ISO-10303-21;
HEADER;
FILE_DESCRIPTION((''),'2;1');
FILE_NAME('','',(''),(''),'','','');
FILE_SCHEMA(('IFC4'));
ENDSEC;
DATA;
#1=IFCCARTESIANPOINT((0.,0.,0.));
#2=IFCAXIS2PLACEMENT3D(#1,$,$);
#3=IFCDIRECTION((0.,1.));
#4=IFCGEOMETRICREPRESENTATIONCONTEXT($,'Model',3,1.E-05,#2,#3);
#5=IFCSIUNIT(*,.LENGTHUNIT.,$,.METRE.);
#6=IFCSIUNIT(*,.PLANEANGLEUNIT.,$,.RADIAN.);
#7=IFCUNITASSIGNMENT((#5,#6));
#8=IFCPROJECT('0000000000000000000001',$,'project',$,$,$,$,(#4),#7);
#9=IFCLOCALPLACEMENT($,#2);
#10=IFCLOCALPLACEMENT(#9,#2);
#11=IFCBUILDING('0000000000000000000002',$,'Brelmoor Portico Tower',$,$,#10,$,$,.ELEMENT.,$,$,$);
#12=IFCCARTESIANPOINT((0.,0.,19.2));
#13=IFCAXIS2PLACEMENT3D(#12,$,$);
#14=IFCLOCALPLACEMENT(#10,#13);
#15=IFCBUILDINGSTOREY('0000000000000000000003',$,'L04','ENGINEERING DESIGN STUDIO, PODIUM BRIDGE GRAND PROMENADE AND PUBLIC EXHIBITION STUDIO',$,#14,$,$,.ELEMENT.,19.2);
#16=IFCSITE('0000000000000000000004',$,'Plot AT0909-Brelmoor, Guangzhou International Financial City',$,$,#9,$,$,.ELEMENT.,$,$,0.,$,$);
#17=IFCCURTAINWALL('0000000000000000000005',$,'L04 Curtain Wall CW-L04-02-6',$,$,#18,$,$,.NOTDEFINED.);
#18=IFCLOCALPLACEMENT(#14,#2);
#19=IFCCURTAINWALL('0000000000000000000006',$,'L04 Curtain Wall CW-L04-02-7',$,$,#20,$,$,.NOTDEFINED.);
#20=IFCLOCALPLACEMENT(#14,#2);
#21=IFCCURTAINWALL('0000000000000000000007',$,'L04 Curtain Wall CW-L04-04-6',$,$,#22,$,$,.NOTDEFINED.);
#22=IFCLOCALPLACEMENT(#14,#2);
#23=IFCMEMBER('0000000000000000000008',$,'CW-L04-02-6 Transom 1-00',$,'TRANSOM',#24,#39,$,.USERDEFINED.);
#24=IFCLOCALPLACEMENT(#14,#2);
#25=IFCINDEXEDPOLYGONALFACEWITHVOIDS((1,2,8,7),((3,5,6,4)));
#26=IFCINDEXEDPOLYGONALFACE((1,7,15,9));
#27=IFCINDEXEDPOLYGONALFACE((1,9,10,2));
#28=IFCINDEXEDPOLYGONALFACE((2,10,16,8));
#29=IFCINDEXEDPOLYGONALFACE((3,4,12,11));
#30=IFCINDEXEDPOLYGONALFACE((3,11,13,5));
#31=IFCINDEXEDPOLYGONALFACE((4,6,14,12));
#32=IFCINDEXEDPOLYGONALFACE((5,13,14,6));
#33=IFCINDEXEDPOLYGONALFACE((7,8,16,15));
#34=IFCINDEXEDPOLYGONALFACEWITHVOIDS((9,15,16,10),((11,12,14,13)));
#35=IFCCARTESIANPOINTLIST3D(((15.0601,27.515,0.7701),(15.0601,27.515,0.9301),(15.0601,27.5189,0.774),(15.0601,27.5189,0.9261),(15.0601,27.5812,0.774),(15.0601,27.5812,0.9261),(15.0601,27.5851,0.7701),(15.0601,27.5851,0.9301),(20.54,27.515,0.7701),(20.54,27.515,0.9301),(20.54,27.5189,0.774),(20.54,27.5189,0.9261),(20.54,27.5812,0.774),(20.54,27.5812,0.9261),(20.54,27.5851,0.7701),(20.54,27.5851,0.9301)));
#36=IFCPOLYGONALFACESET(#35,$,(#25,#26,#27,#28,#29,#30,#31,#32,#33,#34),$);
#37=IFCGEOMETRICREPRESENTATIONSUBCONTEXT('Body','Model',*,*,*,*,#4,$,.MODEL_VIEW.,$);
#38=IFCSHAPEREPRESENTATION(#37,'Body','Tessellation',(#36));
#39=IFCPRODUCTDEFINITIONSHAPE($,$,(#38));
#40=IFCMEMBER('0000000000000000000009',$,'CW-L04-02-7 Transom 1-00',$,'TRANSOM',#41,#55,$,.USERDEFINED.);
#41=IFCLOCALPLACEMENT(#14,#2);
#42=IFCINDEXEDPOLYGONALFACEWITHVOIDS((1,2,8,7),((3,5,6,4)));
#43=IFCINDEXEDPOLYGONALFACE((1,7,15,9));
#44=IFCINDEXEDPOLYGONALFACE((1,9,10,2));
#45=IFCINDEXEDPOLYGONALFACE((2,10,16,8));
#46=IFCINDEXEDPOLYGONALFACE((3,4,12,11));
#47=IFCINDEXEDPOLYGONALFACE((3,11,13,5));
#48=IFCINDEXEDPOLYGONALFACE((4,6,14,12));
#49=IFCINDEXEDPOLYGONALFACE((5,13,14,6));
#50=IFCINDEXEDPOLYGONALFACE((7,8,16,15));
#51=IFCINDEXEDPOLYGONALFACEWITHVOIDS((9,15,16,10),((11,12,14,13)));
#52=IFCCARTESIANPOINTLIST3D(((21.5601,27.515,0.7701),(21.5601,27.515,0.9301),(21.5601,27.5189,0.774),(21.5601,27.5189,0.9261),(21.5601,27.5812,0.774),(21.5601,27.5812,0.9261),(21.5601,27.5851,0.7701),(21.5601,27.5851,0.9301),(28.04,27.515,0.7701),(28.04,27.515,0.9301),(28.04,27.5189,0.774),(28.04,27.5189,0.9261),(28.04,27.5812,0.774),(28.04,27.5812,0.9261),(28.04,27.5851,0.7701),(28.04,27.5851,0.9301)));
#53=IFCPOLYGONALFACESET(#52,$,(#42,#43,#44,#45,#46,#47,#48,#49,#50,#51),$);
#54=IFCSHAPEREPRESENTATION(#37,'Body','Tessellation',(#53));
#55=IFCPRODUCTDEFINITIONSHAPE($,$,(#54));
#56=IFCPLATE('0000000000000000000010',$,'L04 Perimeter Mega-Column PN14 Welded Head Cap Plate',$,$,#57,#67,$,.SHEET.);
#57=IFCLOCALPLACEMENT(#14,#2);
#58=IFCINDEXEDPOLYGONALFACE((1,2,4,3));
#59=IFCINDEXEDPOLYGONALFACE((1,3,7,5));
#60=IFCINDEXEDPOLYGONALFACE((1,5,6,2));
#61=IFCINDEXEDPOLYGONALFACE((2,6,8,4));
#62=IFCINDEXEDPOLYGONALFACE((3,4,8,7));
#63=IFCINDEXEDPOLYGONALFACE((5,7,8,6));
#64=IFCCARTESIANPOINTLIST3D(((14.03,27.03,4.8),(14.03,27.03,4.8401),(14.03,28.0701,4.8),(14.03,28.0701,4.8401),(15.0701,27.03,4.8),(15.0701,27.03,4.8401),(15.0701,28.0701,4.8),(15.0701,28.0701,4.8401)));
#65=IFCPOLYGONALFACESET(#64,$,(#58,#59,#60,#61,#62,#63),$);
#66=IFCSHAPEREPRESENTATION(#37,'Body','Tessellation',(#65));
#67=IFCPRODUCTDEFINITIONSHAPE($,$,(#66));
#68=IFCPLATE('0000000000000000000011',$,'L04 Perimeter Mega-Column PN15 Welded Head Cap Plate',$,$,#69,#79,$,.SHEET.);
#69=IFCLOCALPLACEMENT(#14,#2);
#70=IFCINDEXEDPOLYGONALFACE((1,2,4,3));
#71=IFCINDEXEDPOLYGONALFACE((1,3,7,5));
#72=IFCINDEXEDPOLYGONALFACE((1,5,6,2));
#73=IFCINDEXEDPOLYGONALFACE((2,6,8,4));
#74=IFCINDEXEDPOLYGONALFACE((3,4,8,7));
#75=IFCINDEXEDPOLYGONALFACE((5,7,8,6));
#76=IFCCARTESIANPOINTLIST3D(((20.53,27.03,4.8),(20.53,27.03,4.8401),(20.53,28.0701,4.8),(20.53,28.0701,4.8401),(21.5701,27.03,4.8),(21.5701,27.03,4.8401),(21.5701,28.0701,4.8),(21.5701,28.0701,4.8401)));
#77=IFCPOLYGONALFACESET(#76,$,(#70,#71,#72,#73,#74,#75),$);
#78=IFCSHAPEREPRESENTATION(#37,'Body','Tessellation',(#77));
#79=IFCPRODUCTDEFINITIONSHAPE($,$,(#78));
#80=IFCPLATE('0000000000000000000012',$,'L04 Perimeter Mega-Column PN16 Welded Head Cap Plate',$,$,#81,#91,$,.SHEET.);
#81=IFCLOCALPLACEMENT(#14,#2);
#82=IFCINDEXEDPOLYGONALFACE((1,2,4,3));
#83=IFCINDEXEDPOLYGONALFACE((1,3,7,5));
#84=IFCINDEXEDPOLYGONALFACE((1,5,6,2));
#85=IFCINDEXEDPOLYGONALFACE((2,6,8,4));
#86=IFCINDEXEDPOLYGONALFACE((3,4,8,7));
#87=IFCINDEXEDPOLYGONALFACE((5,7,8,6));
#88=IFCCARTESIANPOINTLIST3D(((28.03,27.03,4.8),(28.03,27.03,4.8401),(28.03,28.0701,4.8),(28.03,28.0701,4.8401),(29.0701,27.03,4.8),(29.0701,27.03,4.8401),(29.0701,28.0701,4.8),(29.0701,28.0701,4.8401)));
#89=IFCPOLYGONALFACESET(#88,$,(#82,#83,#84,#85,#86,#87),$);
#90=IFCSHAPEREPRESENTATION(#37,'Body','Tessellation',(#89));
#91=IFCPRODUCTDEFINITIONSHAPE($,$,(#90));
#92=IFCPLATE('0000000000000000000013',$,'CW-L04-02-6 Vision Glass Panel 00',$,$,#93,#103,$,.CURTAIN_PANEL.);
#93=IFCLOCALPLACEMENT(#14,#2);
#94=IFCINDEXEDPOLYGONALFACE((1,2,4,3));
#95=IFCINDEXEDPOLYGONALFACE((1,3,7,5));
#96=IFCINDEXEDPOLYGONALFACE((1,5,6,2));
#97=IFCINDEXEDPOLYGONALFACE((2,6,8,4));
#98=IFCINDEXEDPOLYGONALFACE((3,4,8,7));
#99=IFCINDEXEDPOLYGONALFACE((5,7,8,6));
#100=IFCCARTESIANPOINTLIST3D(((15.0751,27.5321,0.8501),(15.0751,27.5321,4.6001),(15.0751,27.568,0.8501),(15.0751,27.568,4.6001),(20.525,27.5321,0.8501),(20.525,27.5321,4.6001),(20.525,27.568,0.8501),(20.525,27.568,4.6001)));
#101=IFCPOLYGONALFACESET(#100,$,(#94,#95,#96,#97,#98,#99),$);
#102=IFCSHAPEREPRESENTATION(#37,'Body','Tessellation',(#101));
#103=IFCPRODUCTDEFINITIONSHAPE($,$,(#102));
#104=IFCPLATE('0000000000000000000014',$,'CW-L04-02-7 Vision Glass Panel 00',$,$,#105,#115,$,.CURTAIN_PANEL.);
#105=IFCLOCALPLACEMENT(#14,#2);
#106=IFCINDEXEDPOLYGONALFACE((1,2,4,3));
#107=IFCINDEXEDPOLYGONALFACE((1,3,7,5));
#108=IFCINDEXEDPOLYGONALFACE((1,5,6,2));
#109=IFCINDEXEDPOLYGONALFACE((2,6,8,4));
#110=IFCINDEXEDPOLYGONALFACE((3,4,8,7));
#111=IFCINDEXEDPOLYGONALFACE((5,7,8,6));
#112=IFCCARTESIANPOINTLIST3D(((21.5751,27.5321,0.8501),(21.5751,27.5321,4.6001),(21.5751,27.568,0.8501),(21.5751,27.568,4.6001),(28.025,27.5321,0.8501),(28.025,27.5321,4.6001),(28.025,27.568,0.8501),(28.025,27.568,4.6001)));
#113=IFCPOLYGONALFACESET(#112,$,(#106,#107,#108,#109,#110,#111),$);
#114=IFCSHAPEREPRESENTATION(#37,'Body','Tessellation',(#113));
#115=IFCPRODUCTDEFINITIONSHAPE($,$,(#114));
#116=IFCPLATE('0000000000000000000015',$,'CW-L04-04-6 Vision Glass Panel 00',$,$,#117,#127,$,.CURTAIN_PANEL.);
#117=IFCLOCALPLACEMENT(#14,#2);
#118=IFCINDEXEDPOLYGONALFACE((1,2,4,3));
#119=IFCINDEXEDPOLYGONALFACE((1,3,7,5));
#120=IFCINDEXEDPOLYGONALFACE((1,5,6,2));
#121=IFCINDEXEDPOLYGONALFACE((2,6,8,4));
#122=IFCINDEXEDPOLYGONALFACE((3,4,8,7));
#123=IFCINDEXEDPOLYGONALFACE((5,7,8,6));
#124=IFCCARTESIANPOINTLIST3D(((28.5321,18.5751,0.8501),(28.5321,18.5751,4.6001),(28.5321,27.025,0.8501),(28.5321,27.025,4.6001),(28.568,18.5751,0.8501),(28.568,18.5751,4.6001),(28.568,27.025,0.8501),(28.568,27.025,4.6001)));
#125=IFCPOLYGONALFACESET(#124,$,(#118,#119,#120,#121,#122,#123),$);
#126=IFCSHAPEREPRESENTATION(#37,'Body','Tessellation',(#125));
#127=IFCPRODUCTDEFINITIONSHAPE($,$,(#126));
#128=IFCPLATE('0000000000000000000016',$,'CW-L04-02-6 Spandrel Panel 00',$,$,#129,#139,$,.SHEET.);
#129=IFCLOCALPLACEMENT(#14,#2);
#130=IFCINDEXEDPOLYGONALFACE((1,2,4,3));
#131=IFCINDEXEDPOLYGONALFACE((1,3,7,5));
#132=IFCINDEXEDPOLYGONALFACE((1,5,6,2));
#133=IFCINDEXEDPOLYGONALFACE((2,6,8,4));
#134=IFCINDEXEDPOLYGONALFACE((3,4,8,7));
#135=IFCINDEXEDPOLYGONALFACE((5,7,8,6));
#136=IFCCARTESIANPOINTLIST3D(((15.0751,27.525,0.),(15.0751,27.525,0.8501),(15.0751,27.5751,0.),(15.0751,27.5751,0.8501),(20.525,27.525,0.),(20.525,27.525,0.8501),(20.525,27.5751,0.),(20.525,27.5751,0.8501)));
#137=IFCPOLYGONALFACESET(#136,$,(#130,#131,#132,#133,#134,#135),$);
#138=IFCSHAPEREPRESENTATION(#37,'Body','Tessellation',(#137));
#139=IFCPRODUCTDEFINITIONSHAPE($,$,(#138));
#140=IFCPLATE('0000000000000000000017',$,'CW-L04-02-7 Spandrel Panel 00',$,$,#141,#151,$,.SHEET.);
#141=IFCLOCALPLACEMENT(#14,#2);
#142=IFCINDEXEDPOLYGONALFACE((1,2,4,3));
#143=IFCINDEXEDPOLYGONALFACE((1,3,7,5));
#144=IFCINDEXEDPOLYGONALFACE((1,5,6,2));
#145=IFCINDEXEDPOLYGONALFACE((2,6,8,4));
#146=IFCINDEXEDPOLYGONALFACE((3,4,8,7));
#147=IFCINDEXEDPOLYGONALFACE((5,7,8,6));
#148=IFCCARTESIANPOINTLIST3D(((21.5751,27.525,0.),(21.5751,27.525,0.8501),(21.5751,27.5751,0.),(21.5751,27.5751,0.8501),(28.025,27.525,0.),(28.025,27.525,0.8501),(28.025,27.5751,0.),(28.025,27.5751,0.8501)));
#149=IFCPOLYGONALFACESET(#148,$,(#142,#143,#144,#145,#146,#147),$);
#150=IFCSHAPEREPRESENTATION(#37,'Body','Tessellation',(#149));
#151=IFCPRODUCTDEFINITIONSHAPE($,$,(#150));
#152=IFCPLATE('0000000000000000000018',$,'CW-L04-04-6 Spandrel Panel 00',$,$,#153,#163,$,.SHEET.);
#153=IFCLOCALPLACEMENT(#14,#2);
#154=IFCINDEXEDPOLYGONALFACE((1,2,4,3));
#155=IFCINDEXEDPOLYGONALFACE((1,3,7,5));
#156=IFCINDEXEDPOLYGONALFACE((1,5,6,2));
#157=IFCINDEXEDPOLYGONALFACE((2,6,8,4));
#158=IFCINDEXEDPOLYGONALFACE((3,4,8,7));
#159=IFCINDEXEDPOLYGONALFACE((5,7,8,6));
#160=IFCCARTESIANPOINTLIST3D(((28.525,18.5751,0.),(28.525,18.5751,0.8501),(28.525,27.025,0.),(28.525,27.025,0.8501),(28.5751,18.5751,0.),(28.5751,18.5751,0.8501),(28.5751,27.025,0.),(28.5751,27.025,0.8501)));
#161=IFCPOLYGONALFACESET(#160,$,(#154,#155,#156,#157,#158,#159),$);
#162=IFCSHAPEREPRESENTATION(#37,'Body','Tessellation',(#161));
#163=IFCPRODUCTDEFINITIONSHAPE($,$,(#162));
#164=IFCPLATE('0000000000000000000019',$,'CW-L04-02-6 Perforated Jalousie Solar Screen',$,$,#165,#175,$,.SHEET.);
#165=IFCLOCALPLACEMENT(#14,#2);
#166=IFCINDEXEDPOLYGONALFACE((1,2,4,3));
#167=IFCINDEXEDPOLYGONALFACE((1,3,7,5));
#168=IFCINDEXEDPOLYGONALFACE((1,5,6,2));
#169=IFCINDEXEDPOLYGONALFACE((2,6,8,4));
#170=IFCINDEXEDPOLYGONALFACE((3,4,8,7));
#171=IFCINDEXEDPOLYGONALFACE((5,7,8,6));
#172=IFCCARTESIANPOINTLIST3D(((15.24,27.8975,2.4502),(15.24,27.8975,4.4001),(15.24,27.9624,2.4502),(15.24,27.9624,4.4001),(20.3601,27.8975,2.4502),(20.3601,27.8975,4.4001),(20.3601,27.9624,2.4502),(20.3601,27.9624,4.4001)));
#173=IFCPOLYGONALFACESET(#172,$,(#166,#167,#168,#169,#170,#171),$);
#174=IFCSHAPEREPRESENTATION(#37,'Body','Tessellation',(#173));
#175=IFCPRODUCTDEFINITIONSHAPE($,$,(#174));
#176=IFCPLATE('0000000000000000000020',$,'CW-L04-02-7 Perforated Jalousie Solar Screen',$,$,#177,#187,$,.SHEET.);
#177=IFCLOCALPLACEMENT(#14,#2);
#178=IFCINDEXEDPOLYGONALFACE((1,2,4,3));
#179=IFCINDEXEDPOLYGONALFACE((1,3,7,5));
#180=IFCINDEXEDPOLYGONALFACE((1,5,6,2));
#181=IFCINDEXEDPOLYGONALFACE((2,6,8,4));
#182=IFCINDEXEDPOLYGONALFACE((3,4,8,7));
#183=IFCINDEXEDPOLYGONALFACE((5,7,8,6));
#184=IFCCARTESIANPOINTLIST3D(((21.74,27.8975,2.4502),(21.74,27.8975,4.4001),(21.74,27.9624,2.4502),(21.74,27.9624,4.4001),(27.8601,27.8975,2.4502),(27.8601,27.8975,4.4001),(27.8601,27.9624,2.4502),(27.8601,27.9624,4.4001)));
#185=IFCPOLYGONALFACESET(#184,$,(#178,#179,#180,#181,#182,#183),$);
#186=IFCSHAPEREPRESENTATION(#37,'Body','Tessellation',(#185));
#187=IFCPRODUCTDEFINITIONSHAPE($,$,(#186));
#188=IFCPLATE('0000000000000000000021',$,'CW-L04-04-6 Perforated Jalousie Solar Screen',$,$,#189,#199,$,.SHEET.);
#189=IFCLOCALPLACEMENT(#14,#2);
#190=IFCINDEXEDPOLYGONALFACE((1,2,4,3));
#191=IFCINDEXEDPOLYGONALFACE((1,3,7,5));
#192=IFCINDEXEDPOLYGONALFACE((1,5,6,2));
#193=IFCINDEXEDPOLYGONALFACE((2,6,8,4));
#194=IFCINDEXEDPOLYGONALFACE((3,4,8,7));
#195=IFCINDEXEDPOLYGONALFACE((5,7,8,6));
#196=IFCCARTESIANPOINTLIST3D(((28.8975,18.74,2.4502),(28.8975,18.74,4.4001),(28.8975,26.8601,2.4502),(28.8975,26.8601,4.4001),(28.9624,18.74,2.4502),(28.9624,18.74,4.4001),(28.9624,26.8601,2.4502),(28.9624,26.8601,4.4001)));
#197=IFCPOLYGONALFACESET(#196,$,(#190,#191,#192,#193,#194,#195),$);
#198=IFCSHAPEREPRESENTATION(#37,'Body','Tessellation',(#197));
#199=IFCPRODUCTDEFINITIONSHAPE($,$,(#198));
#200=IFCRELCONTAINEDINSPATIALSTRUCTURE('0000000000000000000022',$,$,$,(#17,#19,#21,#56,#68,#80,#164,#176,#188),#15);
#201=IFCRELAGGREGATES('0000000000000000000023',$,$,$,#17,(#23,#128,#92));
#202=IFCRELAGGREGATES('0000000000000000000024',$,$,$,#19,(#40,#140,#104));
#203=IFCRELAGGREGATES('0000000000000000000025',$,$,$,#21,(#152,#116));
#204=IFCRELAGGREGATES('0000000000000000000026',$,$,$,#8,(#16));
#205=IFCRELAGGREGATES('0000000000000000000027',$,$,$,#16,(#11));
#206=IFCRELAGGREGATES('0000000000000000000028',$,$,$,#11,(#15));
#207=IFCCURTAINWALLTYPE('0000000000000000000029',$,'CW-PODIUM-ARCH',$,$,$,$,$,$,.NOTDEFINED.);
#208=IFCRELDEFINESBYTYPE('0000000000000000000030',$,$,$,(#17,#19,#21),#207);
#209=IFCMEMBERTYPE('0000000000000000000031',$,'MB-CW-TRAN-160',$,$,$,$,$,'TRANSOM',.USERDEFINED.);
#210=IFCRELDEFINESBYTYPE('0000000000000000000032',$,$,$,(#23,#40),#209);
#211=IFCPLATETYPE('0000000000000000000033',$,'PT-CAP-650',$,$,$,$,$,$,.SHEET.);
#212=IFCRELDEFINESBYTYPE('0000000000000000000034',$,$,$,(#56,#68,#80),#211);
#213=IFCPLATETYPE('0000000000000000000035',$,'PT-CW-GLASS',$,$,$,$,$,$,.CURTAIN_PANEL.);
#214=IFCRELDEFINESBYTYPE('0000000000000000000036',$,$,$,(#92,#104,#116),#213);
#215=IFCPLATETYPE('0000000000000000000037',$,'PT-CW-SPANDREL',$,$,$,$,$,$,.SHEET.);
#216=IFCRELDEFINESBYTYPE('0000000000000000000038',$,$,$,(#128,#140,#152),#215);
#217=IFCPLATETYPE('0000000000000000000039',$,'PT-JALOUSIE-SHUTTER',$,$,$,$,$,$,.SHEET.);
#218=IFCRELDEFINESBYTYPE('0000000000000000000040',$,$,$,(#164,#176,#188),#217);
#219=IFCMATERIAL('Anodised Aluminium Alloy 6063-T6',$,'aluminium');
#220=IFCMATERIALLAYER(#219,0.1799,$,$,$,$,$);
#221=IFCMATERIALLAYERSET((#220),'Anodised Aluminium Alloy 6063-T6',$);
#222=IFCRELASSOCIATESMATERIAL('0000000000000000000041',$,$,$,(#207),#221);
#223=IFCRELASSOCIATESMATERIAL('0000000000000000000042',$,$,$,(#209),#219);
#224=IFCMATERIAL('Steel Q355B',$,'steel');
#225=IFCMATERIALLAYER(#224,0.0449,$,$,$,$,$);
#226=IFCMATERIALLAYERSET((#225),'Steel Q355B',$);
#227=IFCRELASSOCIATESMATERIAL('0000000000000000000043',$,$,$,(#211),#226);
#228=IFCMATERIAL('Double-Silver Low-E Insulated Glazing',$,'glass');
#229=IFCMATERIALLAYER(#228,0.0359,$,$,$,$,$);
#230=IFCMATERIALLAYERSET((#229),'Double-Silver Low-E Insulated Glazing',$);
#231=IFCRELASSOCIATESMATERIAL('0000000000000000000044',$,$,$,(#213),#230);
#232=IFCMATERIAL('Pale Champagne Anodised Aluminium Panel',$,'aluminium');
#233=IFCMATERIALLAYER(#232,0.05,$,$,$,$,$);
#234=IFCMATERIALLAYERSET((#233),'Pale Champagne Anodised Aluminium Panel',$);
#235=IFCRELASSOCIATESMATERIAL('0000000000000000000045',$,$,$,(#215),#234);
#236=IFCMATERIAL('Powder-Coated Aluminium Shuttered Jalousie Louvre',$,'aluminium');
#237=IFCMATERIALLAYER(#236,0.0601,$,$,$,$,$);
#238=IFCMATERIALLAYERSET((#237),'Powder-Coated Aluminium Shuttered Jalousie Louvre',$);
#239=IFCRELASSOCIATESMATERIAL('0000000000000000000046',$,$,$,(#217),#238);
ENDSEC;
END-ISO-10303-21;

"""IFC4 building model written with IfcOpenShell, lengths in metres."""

from ifc_helpers import new_model, si_unit, direction, frame, origin, origin_2d, place, context, subcontext, project, spatial, rectangle, hollow_rectangle, extrude, material, layer, layer_set, material_profile, profile_set, type_object, element, aggregate, save


model = new_model("IFC4")

# Units and contexts
model_context = context("Model", 3, precision=1e-05, world=origin(), true_north=direction((0.0, 1.0)))
body_context = subcontext(model_context, "Body", "Model", "MODEL_VIEW")
ifc_project = project(units=[si_unit("LENGTHUNIT", "METRE"), si_unit("PLANEANGLEUNIT", "RADIAN")], contexts=[model_context])

# Site, building, storey
site_placement = place(None, origin())
site = spatial("IfcSite", under=ifc_project, at=site_placement, Name="Plot AT0909-Brelmoor, Guangzhou International Financial City", CompositionType="ELEMENT", RefElevation=0.0)
building_placement = place(site_placement, origin())
building = spatial("IfcBuilding", under=site, at=building_placement, Name="Brelmoor Portico Tower", CompositionType="ELEMENT")
storey_placement = place(building_placement, frame((0.0, 0.0, 19.2)))
storey = spatial("IfcBuildingStorey", under=building, at=storey_placement, Name="L04", Description="ENGINEERING DESIGN STUDIO, PODIUM BRIDGE GRAND PROMENADE AND PUBLIC EXHIBITION STUDIO", CompositionType="ELEMENT", Elevation=19.2)

# Shared definitions
ifc_material_1 = material(Name="Steel Q355B", Category="steel")

# Curtain walls
ifc_material_2 = material(Name="Anodised Aluminium Alloy 6063-T6", Category="aluminium")
ifc_layer_1 = layer(ifc_material_2, 0.1799)
ifc_layer_set_1 = layer_set([ifc_layer_1], Name="Anodised Aluminium Alloy 6063-T6")
curtain_wall_type = type_object("IfcCurtainWallType", Name="CW-PODIUM-ARCH", PredefinedType="NOTDEFINED", material=ifc_layer_set_1)
curtain_wall_1_placement = place(storey_placement, origin())
curtain_wall_1 = element("IfcCurtainWall", 1, at=curtain_wall_1_placement, inside=storey, type_object=curtain_wall_type, Name="L04 Curtain Wall CW-L04-02-6", PredefinedType="NOTDEFINED")
curtain_wall_2_placement = place(storey_placement, origin())
curtain_wall_2 = element("IfcCurtainWall", 2, at=curtain_wall_2_placement, inside=storey, type_object=curtain_wall_type, Name="L04 Curtain Wall CW-L04-02-7", PredefinedType="NOTDEFINED")

# Curtain wall
curtain_wall_3_placement = place(storey_placement, origin())
curtain_wall_3 = element("IfcCurtainWall", 3, at=curtain_wall_3_placement, inside=storey, type_object=curtain_wall_type, Name="L04 Curtain Wall CW-L04-04-6", PredefinedType="NOTDEFINED")

# Members
ifc_material_profile_1 = material_profile(ifc_material_2, hollow_rectangle(XDim=0.0701, YDim=0.1599, WallThickness=0.0039, at=origin_2d()), Name="ALU TRANSOM 70x160")
ifc_profile_set_1 = profile_set([ifc_material_profile_1], Name="Anodised Aluminium Alloy 6063-T6")
member_type_1 = type_object("IfcMemberType", Name="MB-CW-TRAN-160", ElementType="TRANSOM", PredefinedType="USERDEFINED", material=ifc_profile_set_1)
member_1_placement = place(storey_placement, frame((15.0601, 27.55, 0.8501), z_axis=(1.0, 0.0, 0.0), x_axis=(0.0, 1.0, 0.0)))
member_1 = element("IfcMember", 4, at=member_1_placement, type_object=member_type_1, Name="CW-L04-02-6 Transom 1-00", ObjectType="TRANSOM", PredefinedType="USERDEFINED", context=body_context, shape_type="SweptSolid", body=[
    extrude(hollow_rectangle(XDim=0.0701, YDim=0.1599, WallThickness=0.0039, at=origin_2d()), origin(), (0.0, 0.0, 1.0), 5.48),
])
member_2_placement = place(storey_placement, frame((21.5601, 27.55, 0.8501), z_axis=(1.0, 0.0, 0.0), x_axis=(0.0, 1.0, 0.0)))
member_2 = element("IfcMember", 5, at=member_2_placement, type_object=member_type_1, Name="CW-L04-02-7 Transom 1-00", ObjectType="TRANSOM", PredefinedType="USERDEFINED", context=body_context, shape_type="SweptSolid", body=[
    extrude(hollow_rectangle(XDim=0.0701, YDim=0.1599, WallThickness=0.0039, at=origin_2d()), origin(), (0.0, 0.0, 1.0), 6.48),
])

# Plates
ifc_layer_2 = layer(ifc_material_1, 0.0449)
ifc_layer_set_2 = layer_set([ifc_layer_2], Name="Steel Q355B")
plate_type_1 = type_object("IfcPlateType", Name="PT-CAP-650", PredefinedType="SHEET", material=ifc_layer_set_2)
for number, where, z_axis, x_axis, name in (
    (6, (14.55, 27.55, 4.8), (0.0, 0.0, 1.0), (1.0, 0.0, 0.0), "L04 Perimeter Mega-Column PN14 Welded Head Cap Plate"),
    (7, (21.05, 27.55, 4.8), (0.0, 0.0, 1.0), (1.0, 0.0, 0.0), "L04 Perimeter Mega-Column PN15 Welded Head Cap Plate"),
    (8, (28.55, 27.55, 4.8), (0.0, 0.0, 1.0), (1.0, 0.0, 0.0), "L04 Perimeter Mega-Column PN16 Welded Head Cap Plate"),
):
    element("IfcPlate", number, at=place(storey_placement, frame(where, z_axis=z_axis, x_axis=x_axis)), inside=storey, type_object=plate_type_1, Name=name, PredefinedType="SHEET", context=body_context, shape_type="SweptSolid", body=[
        extrude(rectangle(XDim=1.04, YDim=1.04, at=origin_2d()), origin(), (0.0, 0.0, 1.0), 0.04),
    ])

# Plates
ifc_material_3 = material(Name="Double-Silver Low-E Insulated Glazing", Category="glass")
ifc_layer_3 = layer(ifc_material_3, 0.0359)
ifc_layer_set_3 = layer_set([ifc_layer_3], Name="Double-Silver Low-E Insulated Glazing")
plate_type_2 = type_object("IfcPlateType", Name="PT-CW-GLASS", PredefinedType="CURTAIN_PANEL", material=ifc_layer_set_3)
plate_1_placement = place(storey_placement, frame((17.8, 27.55, 0.8501), z_axis=(0.0, 0.0, 1.0), x_axis=(1.0, 0.0, 0.0)))
plate_1 = element("IfcPlate", 9, at=plate_1_placement, type_object=plate_type_2, Name="CW-L04-02-6 Vision Glass Panel 00", PredefinedType="CURTAIN_PANEL", context=body_context, shape_type="SweptSolid", body=[
    extrude(rectangle(XDim=5.45, YDim=0.0359, at=origin_2d()), origin(), (0.0, 0.0, 1.0), 3.75),
])
plate_2_placement = place(storey_placement, frame((24.8, 27.55, 0.8501), z_axis=(0.0, 0.0, 1.0), x_axis=(1.0, 0.0, 0.0)))
plate_2 = element("IfcPlate", 10, at=plate_2_placement, type_object=plate_type_2, Name="CW-L04-02-7 Vision Glass Panel 00", PredefinedType="CURTAIN_PANEL", context=body_context, shape_type="SweptSolid", body=[
    extrude(rectangle(XDim=6.45, YDim=0.0359, at=origin_2d()), origin(), (0.0, 0.0, 1.0), 3.75),
])
plate_3_placement = place(storey_placement, frame((28.55, 22.8, 0.8501), z_axis=(0.0, 0.0, 1.0), x_axis=(0.0, 1.0, 0.0)))
plate_3 = element("IfcPlate", 11, at=plate_3_placement, type_object=plate_type_2, Name="CW-L04-04-6 Vision Glass Panel 00", PredefinedType="CURTAIN_PANEL", context=body_context, shape_type="SweptSolid", body=[
    extrude(rectangle(XDim=8.45, YDim=0.0359, at=origin_2d()), origin(), (0.0, 0.0, 1.0), 3.75),
])
ifc_material_4 = material(Name="Pale Champagne Anodised Aluminium Panel", Category="aluminium")
ifc_layer_4 = layer(ifc_material_4, 0.05)
ifc_layer_set_4 = layer_set([ifc_layer_4], Name="Pale Champagne Anodised Aluminium Panel")
plate_type_3 = type_object("IfcPlateType", Name="PT-CW-SPANDREL", PredefinedType="SHEET", material=ifc_layer_set_4)
plate_4_placement = place(storey_placement, frame((17.8, 27.55, 0.0), z_axis=(0.0, 0.0, 1.0), x_axis=(1.0, 0.0, 0.0)))
plate_4 = element("IfcPlate", 12, at=plate_4_placement, type_object=plate_type_3, Name="CW-L04-02-6 Spandrel Panel 00", PredefinedType="SHEET", context=body_context, shape_type="SweptSolid", body=[
    extrude(rectangle(XDim=5.45, YDim=0.05, at=origin_2d()), origin(), (0.0, 0.0, 1.0), 0.8501),
])
aggregate(curtain_wall_1, [member_1, plate_4, plate_1])
plate_5_placement = place(storey_placement, frame((24.8, 27.55, 0.0), z_axis=(0.0, 0.0, 1.0), x_axis=(1.0, 0.0, 0.0)))
plate_5 = element("IfcPlate", 13, at=plate_5_placement, type_object=plate_type_3, Name="CW-L04-02-7 Spandrel Panel 00", PredefinedType="SHEET", context=body_context, shape_type="SweptSolid", body=[
    extrude(rectangle(XDim=6.45, YDim=0.05, at=origin_2d()), origin(), (0.0, 0.0, 1.0), 0.8501),
])
aggregate(curtain_wall_2, [member_2, plate_5, plate_2])
plate_6_placement = place(storey_placement, frame((28.55, 22.8, 0.0), z_axis=(0.0, 0.0, 1.0), x_axis=(0.0, 1.0, 0.0)))
plate_6 = element("IfcPlate", 14, at=plate_6_placement, type_object=plate_type_3, Name="CW-L04-04-6 Spandrel Panel 00", PredefinedType="SHEET", context=body_context, shape_type="SweptSolid", body=[
    extrude(rectangle(XDim=8.45, YDim=0.05, at=origin_2d()), origin(), (0.0, 0.0, 1.0), 0.8501),
])
aggregate(curtain_wall_3, [plate_6, plate_3])

# Plates
ifc_material_5 = material(Name="Powder-Coated Aluminium Shuttered Jalousie Louvre", Category="aluminium")
ifc_layer_5 = layer(ifc_material_5, 0.0601)
ifc_layer_set_5 = layer_set([ifc_layer_5], Name="Powder-Coated Aluminium Shuttered Jalousie Louvre")
plate_type_4 = type_object("IfcPlateType", Name="PT-JALOUSIE-SHUTTER", PredefinedType="SHEET", material=ifc_layer_set_5)
plate_7_placement = place(storey_placement, frame((17.8, 27.9299, 2.4502), z_axis=(0.0, 0.0, 1.0), x_axis=(1.0, 0.0, 0.0)))
element("IfcPlate", 15, at=plate_7_placement, inside=storey, type_object=plate_type_4, Name="CW-L04-02-6 Perforated Jalousie Solar Screen", PredefinedType="SHEET", context=body_context, shape_type="SweptSolid", body=[
    extrude(rectangle(XDim=5.1201, YDim=0.0649, at=origin_2d()), origin(), (0.0, 0.0, 1.0), 1.95),
])
plate_8_placement = place(storey_placement, frame((24.8, 27.9299, 2.4502), z_axis=(0.0, 0.0, 1.0), x_axis=(1.0, 0.0, 0.0)))
element("IfcPlate", 16, at=plate_8_placement, inside=storey, type_object=plate_type_4, Name="CW-L04-02-7 Perforated Jalousie Solar Screen", PredefinedType="SHEET", context=body_context, shape_type="SweptSolid", body=[
    extrude(rectangle(XDim=6.1201, YDim=0.0649, at=origin_2d()), origin(), (0.0, 0.0, 1.0), 1.95),
])
plate_9_placement = place(storey_placement, frame((28.9299, 22.8, 2.4502), z_axis=(0.0, 0.0, 1.0), x_axis=(0.0, 1.0, 0.0)))
element("IfcPlate", 17, at=plate_9_placement, inside=storey, type_object=plate_type_4, Name="CW-L04-04-6 Perforated Jalousie Solar Screen", PredefinedType="SHEET", context=body_context, shape_type="SweptSolid", body=[
    extrude(rectangle(XDim=8.1201, YDim=0.0649, at=origin_2d()), origin(), (0.0, 0.0, 1.0), 1.95),
])

save(model, "model.ifc")
